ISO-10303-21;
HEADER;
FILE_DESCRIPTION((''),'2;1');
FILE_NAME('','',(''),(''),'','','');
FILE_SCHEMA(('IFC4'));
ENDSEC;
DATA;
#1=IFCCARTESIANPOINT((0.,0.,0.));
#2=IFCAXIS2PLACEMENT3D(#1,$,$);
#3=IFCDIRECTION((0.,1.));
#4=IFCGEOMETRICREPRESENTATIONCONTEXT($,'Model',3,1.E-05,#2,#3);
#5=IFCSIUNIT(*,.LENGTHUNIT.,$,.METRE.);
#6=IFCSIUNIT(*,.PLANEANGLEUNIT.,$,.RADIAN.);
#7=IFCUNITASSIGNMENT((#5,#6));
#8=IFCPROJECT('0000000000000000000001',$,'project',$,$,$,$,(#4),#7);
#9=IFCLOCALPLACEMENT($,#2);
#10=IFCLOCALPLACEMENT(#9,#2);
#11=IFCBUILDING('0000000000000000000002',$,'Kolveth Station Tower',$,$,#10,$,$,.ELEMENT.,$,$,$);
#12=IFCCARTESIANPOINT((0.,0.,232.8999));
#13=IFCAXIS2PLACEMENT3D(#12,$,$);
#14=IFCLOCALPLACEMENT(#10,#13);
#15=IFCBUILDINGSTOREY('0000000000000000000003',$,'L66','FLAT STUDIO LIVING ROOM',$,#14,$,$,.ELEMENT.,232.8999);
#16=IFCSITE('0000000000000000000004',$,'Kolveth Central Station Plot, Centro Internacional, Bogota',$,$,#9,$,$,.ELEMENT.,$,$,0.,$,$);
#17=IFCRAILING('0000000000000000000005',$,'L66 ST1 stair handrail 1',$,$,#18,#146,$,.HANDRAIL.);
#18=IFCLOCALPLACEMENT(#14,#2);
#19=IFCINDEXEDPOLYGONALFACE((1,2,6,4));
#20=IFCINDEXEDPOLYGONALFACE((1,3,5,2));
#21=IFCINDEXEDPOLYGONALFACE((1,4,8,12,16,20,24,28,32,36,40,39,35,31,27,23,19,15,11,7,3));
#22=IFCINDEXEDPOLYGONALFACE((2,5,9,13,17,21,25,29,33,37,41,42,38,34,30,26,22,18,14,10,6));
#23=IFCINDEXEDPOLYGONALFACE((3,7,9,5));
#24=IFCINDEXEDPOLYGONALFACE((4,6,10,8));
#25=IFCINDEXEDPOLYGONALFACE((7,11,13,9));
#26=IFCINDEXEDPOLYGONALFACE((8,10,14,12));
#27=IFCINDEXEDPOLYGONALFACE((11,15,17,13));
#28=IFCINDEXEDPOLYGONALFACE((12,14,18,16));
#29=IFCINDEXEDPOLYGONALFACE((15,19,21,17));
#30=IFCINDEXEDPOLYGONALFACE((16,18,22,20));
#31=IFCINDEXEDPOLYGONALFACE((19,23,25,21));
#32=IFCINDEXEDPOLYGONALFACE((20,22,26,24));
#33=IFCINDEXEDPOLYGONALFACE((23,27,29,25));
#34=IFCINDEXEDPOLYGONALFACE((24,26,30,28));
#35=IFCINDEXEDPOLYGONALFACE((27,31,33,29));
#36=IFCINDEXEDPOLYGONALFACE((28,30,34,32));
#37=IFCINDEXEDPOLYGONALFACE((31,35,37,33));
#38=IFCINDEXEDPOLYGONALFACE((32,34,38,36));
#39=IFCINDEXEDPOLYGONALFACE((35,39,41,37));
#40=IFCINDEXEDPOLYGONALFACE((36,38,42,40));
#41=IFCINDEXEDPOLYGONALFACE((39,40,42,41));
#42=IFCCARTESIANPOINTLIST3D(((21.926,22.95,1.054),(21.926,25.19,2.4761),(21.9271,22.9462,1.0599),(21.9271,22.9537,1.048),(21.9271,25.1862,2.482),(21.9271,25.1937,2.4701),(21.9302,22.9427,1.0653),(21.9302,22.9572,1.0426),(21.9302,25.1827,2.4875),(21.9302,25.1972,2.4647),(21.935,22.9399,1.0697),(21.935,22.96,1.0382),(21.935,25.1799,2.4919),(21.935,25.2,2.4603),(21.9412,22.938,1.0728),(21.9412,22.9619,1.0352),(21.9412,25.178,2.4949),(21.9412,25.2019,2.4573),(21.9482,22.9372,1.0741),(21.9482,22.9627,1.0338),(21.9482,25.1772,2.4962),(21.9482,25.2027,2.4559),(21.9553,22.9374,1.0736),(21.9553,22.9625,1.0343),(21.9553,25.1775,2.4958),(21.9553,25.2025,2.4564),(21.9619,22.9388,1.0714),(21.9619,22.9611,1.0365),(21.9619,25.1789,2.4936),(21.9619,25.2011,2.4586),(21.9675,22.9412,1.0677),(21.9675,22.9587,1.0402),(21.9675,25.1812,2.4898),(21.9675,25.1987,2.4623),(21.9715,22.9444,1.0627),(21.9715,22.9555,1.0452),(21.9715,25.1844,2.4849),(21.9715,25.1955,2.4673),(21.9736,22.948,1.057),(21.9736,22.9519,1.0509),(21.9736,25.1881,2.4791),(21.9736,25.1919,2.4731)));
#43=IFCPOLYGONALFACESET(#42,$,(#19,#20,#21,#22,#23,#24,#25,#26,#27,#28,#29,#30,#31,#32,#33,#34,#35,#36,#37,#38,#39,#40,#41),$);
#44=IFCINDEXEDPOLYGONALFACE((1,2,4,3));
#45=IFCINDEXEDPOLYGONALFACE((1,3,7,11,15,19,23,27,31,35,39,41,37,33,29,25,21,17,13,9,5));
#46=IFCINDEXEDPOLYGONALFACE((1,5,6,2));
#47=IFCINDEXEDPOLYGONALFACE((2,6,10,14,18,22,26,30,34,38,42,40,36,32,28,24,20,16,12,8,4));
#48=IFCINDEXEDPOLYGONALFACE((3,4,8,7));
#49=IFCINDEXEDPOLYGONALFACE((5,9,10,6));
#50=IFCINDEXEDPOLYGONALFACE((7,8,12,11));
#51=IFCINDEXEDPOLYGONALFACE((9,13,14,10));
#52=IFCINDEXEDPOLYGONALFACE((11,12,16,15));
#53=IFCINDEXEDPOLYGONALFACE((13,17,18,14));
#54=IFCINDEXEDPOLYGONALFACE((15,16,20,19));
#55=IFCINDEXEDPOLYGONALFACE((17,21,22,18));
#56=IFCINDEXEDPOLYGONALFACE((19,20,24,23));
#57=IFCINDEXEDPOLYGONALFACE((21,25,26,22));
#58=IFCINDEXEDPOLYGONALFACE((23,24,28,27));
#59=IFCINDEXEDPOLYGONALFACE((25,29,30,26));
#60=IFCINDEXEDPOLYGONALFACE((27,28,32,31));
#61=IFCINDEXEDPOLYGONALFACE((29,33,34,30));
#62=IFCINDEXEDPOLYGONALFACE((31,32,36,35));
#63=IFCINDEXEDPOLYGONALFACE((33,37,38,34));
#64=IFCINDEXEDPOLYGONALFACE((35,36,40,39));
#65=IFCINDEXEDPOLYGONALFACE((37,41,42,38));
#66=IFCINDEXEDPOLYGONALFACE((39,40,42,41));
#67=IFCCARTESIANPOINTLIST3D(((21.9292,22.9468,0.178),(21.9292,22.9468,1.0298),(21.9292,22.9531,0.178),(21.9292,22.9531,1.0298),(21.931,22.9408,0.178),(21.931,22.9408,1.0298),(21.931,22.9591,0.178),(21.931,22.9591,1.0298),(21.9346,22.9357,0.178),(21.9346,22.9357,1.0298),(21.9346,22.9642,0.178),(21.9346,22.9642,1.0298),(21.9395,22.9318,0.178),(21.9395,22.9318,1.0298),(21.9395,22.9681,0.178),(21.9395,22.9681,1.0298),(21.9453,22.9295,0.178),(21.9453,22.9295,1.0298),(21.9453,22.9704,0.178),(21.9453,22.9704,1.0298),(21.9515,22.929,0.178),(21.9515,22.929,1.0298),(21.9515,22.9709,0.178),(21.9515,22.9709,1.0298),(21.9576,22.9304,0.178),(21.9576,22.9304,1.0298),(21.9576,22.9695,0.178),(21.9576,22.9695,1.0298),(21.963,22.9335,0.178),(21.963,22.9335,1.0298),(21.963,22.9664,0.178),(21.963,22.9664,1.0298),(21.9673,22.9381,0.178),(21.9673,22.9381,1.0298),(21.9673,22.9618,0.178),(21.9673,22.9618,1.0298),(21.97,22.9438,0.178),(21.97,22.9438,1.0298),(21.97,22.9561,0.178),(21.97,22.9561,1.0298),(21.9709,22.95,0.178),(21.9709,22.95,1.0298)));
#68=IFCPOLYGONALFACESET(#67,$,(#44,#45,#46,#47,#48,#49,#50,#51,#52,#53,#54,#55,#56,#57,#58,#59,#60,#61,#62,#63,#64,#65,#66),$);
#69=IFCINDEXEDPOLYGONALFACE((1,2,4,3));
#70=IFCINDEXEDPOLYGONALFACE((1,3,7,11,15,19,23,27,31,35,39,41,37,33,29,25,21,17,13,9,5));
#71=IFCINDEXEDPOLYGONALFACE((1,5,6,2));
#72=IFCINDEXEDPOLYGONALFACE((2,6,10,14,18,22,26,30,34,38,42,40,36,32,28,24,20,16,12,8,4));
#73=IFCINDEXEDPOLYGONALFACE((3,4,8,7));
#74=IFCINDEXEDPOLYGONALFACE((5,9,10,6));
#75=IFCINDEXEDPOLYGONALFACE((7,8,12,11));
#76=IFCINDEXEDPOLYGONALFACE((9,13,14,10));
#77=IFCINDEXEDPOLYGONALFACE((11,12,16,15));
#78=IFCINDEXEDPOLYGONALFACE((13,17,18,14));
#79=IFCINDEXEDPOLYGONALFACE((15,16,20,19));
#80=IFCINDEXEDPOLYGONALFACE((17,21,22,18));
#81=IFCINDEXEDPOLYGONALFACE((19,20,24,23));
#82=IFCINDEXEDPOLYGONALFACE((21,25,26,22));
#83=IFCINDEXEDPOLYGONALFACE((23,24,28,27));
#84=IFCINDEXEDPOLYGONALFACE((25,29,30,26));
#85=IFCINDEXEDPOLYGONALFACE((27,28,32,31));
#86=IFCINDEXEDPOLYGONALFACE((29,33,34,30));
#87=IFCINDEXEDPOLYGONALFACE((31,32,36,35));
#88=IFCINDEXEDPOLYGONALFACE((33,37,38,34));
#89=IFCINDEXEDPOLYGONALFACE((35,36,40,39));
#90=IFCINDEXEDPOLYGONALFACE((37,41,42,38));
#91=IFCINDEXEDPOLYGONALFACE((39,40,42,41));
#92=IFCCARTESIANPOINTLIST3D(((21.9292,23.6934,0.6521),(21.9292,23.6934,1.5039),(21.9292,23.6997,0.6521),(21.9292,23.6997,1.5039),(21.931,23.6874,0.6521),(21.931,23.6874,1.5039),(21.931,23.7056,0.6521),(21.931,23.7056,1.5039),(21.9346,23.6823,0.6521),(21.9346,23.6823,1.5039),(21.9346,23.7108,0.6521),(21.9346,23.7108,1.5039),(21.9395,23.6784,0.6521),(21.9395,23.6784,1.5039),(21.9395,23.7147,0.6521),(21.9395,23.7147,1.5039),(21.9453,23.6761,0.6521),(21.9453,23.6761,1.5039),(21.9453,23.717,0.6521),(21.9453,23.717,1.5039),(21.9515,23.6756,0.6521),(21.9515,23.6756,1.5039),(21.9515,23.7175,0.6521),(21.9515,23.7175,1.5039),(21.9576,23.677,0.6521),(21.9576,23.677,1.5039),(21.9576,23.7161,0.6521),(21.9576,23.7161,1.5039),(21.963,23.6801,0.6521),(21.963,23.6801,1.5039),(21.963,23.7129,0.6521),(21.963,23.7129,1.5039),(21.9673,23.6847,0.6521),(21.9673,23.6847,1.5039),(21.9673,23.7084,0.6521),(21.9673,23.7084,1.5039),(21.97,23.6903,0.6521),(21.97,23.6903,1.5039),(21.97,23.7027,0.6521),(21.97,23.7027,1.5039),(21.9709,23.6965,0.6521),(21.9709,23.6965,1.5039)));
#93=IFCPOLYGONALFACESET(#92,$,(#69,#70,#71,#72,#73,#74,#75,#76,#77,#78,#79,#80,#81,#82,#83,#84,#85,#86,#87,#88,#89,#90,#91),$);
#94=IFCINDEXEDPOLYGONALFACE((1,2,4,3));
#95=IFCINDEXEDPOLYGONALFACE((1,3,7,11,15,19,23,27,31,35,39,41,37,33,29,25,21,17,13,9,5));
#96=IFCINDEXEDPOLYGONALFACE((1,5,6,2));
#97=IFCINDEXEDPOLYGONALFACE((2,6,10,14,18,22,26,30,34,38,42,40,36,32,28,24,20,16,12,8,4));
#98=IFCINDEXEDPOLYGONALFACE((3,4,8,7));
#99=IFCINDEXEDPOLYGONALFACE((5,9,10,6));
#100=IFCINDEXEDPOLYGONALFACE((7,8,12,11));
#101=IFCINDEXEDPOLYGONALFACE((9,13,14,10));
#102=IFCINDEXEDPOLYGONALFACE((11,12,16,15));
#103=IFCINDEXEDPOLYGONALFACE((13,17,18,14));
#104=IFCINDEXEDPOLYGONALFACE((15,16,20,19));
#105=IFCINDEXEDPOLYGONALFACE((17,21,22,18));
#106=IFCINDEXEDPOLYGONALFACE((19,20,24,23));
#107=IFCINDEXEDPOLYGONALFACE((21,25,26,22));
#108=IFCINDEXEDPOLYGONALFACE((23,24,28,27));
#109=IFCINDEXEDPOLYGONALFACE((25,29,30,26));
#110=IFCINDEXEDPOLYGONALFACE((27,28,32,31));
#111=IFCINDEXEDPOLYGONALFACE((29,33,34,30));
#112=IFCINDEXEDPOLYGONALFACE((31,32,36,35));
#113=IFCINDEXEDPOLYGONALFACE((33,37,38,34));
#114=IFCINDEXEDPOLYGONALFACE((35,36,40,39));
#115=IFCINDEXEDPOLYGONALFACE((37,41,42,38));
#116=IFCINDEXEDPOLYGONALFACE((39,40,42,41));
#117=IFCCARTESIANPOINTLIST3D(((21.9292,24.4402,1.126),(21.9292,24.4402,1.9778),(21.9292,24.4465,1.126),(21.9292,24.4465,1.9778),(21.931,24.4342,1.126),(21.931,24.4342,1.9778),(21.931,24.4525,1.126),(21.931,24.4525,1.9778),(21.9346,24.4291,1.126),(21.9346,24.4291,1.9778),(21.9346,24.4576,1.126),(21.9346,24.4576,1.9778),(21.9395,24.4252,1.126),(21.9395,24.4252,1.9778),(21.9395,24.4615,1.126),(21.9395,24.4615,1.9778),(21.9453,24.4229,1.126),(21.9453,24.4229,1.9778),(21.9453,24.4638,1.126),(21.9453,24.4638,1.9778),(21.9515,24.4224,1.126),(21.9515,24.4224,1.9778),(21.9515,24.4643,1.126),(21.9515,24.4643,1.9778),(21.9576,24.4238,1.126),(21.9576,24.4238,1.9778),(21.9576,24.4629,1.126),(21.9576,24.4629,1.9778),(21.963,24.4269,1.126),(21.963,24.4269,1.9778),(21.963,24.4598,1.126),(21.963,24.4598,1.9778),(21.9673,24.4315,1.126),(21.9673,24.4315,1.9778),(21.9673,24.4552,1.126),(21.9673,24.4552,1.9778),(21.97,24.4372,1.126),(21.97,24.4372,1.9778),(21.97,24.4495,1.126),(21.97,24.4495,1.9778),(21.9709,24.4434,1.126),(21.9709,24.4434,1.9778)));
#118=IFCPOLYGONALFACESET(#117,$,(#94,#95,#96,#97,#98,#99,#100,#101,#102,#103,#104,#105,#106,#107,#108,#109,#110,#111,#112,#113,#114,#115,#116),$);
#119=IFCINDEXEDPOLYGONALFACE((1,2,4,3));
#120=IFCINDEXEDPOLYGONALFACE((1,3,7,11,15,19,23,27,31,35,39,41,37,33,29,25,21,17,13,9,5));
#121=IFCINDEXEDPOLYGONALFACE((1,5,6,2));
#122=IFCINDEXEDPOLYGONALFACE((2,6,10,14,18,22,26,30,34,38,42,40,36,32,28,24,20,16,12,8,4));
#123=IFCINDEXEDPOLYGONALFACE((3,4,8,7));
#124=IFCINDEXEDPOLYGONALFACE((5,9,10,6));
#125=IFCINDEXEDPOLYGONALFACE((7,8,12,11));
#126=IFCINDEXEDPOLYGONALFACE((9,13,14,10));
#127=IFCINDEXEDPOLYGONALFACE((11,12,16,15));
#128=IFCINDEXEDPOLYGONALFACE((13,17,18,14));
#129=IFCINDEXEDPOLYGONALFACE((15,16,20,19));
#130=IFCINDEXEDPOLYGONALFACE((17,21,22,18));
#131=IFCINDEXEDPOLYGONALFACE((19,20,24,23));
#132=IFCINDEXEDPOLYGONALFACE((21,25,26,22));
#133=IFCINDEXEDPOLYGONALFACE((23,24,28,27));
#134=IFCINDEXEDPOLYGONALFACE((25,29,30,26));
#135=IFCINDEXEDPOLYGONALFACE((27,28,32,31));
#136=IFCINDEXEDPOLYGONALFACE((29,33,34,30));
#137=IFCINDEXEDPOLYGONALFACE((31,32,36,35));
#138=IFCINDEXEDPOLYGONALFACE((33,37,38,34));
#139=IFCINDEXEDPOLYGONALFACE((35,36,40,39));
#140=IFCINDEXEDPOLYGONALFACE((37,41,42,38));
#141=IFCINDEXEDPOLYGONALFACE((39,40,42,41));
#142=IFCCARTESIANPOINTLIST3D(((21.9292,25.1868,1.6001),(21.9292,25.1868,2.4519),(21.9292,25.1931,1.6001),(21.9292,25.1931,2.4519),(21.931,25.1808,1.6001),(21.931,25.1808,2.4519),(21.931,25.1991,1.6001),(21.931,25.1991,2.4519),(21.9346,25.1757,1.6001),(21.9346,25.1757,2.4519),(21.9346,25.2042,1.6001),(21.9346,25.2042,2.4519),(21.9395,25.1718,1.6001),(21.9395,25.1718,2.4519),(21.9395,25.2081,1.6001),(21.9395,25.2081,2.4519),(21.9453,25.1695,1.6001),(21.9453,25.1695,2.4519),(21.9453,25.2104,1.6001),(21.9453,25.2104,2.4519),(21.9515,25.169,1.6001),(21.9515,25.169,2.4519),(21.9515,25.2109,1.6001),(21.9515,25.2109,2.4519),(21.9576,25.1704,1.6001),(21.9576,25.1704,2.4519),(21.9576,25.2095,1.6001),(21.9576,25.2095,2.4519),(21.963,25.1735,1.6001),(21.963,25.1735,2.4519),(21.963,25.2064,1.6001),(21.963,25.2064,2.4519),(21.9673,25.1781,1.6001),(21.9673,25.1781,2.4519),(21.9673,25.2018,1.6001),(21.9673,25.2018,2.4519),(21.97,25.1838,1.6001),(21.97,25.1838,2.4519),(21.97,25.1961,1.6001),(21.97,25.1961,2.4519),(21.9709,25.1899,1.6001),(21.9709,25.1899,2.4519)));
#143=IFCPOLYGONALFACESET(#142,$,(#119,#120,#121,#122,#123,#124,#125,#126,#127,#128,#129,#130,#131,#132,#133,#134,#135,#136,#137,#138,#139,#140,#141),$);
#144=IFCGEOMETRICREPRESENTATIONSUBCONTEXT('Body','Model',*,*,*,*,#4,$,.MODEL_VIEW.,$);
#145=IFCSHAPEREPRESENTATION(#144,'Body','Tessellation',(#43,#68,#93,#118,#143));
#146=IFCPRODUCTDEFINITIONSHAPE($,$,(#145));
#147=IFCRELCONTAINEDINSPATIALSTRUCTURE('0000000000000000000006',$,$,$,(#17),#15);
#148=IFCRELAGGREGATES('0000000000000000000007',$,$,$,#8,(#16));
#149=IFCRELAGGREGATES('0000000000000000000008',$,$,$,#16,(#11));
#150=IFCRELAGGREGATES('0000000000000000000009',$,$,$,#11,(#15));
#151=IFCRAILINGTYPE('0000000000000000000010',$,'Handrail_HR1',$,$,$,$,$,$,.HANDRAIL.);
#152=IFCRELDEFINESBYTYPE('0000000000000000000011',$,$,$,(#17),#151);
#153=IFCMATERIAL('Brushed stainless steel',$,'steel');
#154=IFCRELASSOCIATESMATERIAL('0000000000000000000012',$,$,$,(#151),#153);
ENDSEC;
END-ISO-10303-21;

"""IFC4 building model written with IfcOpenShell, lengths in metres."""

from ifc_helpers import new_model, si_unit, direction, frame, origin, origin_2d, place, context, subcontext, project, spatial, circle, extrude, material, type_object, element, save


model = new_model("IFC4")

# Units and contexts
model_context = context("Model", 3, precision=1e-05, world=origin(), true_north=direction((0.0, 1.0)))
body_context = subcontext(model_context, "Body", "Model", "MODEL_VIEW")
ifc_project = project(units=[si_unit("LENGTHUNIT", "METRE"), si_unit("PLANEANGLEUNIT", "RADIAN")], contexts=[model_context])

# Site, building, storey
site_placement = place(None, origin())
site = spatial("IfcSite", under=ifc_project, at=site_placement, Name="Kolveth Central Station Plot, Centro Internacional, Bogota", CompositionType="ELEMENT", RefElevation=0.0)
building_placement = place(site_placement, origin())
building = spatial("IfcBuilding", under=site, at=building_placement, Name="Kolveth Station Tower", CompositionType="ELEMENT")
storey_placement = place(building_placement, frame((0.0, 0.0, 232.8999)))
storey = spatial("IfcBuildingStorey", under=building, at=storey_placement, Name="L66", Description="FLAT STUDIO LIVING ROOM", CompositionType="ELEMENT", Elevation=232.8999)

# Railing
ifc_material_1 = material(Name="Brushed stainless steel", Category="steel")
railing_type_1 = type_object("IfcRailingType", Name="Handrail_HR1", PredefinedType="HANDRAIL", material=ifc_material_1)
for number, where, name in (
    (1, (21.95, 22.95, 0.178), "L66 ST1 stair handrail 1"),
):
    element("IfcRailing", number, at=place(storey_placement, frame(where)), inside=storey, type_object=railing_type_1, Name=name, PredefinedType="HANDRAIL", context=body_context, shape_type="SweptSolid", body=[
        extrude(circle(Radius=0.0239, at=origin_2d()), frame((0.0, 0.0, 0.876), z_axis=(0.0, 0.844229, 0.535982), x_axis=(-1.0, 0.0, 0.0)), (0.0, 0.0, 1.0), 2.6533),
        extrude(circle(Radius=0.021, at=origin_2d()), origin(), (0.0, 0.0, 1.0), 0.8518),
        extrude(circle(Radius=0.021, at=origin_2d()), frame((0.0, 0.7466, 0.4741)), (0.0, 0.0, 1.0), 0.8518),
        extrude(circle(Radius=0.021, at=origin_2d()), frame((0.0, 1.4934, 0.948)), (0.0, 0.0, 1.0), 0.8518),
        extrude(circle(Radius=0.021, at=origin_2d()), frame((0.0, 2.24, 1.4221)), (0.0, 0.0, 1.0), 0.8518),
    ])

save(model, "model.ifc")
